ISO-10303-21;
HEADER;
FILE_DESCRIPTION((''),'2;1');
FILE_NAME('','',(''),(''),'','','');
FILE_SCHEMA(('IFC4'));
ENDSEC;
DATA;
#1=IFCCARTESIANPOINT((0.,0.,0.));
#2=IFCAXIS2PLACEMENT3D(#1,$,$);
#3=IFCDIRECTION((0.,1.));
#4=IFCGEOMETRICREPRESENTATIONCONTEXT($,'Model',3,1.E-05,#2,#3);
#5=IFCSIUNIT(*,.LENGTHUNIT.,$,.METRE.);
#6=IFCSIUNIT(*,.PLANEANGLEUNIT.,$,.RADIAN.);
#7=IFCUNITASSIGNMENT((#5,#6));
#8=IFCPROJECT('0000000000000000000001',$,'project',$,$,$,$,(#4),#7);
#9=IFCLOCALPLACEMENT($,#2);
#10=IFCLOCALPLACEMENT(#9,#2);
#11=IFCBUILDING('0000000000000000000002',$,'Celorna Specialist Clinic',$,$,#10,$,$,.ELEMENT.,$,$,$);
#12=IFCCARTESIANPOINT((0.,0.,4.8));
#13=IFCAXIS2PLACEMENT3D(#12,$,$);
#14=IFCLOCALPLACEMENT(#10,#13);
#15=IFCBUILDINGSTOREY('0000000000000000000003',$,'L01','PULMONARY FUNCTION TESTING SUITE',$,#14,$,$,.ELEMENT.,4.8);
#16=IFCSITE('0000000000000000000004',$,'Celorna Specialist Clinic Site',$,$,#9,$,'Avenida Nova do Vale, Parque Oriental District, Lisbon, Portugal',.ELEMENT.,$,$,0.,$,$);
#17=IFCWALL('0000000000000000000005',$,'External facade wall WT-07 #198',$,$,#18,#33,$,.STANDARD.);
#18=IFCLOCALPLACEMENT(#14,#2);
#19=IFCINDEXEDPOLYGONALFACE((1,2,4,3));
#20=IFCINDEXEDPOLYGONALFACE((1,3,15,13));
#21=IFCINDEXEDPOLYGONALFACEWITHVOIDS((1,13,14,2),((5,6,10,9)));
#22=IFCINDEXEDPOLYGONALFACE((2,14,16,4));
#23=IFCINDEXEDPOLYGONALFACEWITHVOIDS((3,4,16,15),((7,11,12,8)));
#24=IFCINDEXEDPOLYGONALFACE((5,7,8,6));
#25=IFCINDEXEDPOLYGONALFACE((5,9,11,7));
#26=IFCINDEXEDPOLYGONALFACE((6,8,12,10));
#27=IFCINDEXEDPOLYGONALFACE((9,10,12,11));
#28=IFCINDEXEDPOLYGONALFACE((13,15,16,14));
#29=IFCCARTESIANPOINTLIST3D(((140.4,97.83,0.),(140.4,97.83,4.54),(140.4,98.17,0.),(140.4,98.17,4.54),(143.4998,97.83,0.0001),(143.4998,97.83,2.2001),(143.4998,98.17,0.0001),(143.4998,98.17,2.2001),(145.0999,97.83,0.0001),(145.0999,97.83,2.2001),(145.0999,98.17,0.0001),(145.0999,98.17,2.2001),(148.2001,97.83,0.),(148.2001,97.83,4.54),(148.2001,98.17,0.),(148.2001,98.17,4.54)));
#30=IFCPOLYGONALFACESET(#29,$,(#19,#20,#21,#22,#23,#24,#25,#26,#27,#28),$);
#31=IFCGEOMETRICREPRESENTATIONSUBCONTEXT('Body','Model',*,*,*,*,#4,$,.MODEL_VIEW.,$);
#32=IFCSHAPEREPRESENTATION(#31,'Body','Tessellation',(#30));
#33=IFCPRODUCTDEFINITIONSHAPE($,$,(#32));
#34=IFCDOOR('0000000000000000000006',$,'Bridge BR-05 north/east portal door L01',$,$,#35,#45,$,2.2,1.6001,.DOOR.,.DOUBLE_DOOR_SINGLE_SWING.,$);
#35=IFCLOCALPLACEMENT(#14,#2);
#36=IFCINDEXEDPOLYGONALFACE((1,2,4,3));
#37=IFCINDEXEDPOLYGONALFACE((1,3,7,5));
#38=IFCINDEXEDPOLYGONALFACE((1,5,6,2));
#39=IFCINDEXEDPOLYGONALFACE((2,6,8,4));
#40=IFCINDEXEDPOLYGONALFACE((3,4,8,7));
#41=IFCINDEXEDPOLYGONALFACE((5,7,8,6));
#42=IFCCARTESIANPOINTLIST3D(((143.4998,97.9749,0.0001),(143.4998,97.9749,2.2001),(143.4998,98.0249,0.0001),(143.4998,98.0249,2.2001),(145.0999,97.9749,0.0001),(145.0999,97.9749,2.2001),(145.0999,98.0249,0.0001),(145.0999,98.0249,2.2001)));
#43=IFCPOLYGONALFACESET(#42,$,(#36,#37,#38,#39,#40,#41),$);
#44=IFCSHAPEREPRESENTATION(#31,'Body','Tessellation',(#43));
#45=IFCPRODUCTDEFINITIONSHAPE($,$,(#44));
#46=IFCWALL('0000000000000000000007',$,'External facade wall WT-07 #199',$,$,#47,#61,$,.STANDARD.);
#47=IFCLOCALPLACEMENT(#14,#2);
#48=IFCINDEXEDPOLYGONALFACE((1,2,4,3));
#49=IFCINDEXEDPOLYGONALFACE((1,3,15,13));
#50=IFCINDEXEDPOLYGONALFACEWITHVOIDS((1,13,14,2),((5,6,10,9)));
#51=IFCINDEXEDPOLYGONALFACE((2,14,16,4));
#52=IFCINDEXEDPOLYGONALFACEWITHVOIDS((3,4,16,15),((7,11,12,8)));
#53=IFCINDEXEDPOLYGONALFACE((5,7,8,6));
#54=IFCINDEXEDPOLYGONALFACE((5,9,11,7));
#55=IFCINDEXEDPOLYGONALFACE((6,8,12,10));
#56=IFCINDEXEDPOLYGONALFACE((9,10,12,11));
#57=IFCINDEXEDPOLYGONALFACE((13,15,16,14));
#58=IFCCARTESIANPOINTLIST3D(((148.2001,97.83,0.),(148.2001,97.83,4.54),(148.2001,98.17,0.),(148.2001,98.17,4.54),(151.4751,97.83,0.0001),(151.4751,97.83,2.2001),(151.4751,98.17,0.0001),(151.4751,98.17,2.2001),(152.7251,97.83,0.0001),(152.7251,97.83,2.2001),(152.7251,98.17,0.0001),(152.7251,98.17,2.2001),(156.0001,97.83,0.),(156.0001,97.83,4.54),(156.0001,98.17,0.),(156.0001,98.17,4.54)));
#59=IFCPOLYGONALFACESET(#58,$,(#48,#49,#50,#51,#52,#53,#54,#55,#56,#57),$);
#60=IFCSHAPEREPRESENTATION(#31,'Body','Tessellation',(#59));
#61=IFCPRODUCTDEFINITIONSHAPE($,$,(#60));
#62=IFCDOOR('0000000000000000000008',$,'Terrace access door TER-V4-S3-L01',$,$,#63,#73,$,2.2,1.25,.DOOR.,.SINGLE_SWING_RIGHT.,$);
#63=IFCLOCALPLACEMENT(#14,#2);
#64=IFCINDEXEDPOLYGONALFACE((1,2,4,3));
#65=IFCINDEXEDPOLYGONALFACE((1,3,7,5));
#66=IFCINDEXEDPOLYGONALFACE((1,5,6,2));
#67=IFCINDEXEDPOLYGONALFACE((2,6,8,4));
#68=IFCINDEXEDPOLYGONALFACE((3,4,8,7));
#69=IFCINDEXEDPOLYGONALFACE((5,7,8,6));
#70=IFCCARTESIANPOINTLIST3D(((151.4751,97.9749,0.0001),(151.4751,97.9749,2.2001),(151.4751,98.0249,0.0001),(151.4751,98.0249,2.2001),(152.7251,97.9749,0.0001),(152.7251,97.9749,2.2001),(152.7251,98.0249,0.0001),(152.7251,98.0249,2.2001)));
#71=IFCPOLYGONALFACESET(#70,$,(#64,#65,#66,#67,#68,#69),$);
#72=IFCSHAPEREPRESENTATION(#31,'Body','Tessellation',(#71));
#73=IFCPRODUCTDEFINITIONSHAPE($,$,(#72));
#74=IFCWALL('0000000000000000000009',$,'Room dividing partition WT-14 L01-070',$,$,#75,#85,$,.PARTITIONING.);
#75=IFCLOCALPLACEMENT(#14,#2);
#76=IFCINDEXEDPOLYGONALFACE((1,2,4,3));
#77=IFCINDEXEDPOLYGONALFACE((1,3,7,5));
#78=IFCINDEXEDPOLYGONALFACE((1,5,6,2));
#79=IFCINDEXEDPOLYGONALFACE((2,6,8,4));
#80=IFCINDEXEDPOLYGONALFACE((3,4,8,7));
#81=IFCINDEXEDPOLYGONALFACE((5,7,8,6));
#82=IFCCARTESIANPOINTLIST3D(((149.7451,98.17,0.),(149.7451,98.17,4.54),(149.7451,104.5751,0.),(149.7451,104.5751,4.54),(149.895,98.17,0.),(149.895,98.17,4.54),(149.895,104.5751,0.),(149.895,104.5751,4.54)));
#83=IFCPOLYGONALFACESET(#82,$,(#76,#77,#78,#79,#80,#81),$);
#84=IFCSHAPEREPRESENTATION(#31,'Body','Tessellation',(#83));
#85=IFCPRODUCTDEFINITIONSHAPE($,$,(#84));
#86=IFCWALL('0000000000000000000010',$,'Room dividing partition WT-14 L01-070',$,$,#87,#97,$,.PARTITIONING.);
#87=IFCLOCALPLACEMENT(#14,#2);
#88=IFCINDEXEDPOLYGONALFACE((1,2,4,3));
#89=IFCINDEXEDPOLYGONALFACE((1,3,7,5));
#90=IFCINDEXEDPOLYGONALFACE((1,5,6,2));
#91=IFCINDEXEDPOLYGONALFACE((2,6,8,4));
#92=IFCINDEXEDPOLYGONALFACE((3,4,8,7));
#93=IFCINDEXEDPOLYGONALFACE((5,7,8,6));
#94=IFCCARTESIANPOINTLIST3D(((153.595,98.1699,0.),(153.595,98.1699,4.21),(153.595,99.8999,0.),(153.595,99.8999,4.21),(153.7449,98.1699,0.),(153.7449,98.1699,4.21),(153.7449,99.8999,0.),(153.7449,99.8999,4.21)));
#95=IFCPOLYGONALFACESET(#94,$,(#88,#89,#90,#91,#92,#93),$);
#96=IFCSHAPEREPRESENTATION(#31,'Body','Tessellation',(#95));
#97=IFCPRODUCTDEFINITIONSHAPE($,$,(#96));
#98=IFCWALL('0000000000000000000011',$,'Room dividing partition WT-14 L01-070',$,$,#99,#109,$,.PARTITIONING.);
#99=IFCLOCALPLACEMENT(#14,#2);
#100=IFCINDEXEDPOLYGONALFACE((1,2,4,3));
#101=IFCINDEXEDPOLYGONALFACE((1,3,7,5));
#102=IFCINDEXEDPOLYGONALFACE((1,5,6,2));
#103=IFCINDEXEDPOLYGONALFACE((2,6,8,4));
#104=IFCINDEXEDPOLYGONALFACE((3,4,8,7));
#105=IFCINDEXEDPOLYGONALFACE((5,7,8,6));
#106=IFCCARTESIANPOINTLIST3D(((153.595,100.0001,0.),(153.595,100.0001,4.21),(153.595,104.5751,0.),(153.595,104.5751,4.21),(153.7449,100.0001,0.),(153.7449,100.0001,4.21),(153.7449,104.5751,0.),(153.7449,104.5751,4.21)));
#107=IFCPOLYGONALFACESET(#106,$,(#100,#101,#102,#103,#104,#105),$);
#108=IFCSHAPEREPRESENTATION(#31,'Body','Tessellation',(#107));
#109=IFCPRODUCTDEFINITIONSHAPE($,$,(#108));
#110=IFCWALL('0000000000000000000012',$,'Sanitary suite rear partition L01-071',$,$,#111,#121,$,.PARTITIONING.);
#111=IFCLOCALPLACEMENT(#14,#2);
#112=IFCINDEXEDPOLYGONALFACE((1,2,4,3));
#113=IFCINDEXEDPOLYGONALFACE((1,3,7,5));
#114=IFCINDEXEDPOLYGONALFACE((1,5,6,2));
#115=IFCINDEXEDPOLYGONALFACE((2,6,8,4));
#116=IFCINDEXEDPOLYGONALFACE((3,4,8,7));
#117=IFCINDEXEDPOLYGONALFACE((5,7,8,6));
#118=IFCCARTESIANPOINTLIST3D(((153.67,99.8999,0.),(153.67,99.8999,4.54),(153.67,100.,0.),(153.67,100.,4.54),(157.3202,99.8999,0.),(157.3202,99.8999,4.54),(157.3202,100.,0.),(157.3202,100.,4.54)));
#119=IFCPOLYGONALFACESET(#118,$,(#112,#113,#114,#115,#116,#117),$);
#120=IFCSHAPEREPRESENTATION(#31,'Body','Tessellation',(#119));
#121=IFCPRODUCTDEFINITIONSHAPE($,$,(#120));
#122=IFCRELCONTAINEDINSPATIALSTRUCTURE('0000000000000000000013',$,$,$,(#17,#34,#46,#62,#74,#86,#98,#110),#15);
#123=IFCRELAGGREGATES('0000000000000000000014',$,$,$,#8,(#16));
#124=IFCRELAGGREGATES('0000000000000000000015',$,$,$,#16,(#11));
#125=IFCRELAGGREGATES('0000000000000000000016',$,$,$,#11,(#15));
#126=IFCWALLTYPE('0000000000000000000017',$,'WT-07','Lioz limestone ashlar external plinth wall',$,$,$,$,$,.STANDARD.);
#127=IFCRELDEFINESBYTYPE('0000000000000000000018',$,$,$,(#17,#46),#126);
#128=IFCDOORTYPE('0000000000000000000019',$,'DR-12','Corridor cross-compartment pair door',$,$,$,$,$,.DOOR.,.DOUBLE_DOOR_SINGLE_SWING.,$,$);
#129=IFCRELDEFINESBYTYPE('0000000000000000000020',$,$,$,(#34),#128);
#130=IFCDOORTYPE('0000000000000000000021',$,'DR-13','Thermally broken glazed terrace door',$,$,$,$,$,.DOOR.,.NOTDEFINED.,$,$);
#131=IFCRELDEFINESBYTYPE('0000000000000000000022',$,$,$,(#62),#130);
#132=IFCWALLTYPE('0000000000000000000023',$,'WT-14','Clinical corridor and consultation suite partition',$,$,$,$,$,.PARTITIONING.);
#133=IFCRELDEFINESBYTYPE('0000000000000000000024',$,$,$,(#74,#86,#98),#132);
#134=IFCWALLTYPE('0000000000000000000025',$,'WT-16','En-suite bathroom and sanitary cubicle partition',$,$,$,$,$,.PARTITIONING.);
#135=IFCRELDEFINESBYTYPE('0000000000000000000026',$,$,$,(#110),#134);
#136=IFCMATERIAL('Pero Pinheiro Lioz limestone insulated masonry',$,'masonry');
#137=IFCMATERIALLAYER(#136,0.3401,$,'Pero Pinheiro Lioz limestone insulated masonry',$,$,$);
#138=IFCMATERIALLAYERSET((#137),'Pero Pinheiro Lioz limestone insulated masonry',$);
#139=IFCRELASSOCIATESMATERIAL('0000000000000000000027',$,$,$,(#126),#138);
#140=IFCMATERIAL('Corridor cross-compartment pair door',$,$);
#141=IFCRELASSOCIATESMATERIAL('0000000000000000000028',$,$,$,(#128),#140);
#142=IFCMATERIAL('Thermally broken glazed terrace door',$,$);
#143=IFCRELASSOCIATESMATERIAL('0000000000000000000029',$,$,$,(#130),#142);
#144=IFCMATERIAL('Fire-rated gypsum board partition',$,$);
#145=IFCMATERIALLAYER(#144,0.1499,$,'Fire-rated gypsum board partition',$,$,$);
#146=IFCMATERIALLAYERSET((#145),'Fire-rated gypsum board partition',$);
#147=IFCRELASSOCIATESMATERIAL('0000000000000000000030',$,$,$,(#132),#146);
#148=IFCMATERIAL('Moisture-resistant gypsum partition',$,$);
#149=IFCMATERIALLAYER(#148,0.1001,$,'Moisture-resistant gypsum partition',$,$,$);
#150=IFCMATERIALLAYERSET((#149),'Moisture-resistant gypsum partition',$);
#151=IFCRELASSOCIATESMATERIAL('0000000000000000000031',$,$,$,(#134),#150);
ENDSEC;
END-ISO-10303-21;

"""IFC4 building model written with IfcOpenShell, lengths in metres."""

from ifc_helpers import new_model, si_unit, direction, frame, frame_2d, origin, place, context, subcontext, project, spatial, rectangle, extrude, material, layer, layer_set, type_object, element, fill, save


model = new_model("IFC4")

# Units and contexts
model_context = context("Model", 3, precision=1e-05, world=origin(), true_north=direction((0.0, 1.0)))
body_context = subcontext(model_context, "Body", "Model", "MODEL_VIEW")
ifc_project = project(units=[si_unit("LENGTHUNIT", "METRE"), si_unit("PLANEANGLEUNIT", "RADIAN")], contexts=[model_context])

# Site, building, storey
site_placement = place(None, origin())
site = spatial("IfcSite", under=ifc_project, at=site_placement, Name="Celorna Specialist Clinic Site", LongName="Avenida Nova do Vale, Parque Oriental District, Lisbon, Portugal", CompositionType="ELEMENT", RefElevation=0.0)
building_placement = place(site_placement, origin())
building = spatial("IfcBuilding", under=site, at=building_placement, Name="Celorna Specialist Clinic", CompositionType="ELEMENT")
storey_placement = place(building_placement, frame((0.0, 0.0, 4.8)))
storey = spatial("IfcBuildingStorey", under=building, at=storey_placement, Name="L01", Description="PULMONARY FUNCTION TESTING SUITE", CompositionType="ELEMENT", Elevation=4.8)

# Walls, openings, doors
ifc_material_1 = material(Name="Pero Pinheiro Lioz limestone insulated masonry", Category="masonry")
ifc_layer_1 = layer(ifc_material_1, 0.3401, Name="Pero Pinheiro Lioz limestone insulated masonry")
ifc_layer_set_1 = layer_set([ifc_layer_1], Name="Pero Pinheiro Lioz limestone insulated masonry")
wall_type_1 = type_object("IfcWallType", Name="WT-07", Description="Lioz limestone ashlar external plinth wall", PredefinedType="STANDARD", material=ifc_layer_set_1)
wall_1_placement = place(storey_placement, frame((148.2, 98.0, 0.0), z_axis=(0.0, 0.0, 1.0), x_axis=(-1.0, 0.0, 0.0)))
wall_1 = element("IfcWall", 1, at=wall_1_placement, inside=storey, type_object=wall_type_1, Name="External facade wall WT-07 #198", PredefinedType="STANDARD", context=body_context, shape_type="SweptSolid", body=[
    extrude(rectangle(XDim=7.8, YDim=0.3401, at=frame_2d((3.8999, 0.0))), origin(), (0.0, 0.0, 1.0), 4.54),
])
opening_1_placement = place(wall_1_placement, frame((3.1001, 0.0, 0.0)))
opening_1 = element("IfcOpeningElement", 2, at=opening_1_placement, cuts=wall_1, PredefinedType="OPENING", context=body_context, shape_type="SweptSolid", body=[
    extrude(rectangle(XDim=1.6001, YDim=2.2, at=frame_2d((0.8, 1.1001))), frame((0.0, 0.1799, 0.0), z_axis=(0.0, -1.0, 0.0), x_axis=(1.0, 0.0, 0.0)), (0.0, 0.0, 1.0), 0.3601),
])
ifc_material_2 = material(Name="Corridor cross-compartment pair door")
door_type_1 = type_object("IfcDoorType", Name="DR-12", Description="Corridor cross-compartment pair door", OperationType="DOUBLE_DOOR_SINGLE_SWING", PredefinedType="DOOR", material=ifc_material_2)
door_1_placement = place(opening_1_placement, frame((1.6001, 0.0, 0.0), z_axis=(0.0, 0.0, 1.0), x_axis=(-1.0, 0.0, 0.0)))
door_1 = element("IfcDoor", 3, at=door_1_placement, inside=storey, type_object=door_type_1, Name="Bridge BR-05 north/east portal door L01", OperationType="DOUBLE_DOOR_SINGLE_SWING", OverallHeight=2.2, OverallWidth=1.6001, PredefinedType="DOOR", context=body_context, shape_type="SweptSolid", body=[
    extrude(rectangle(XDim=1.6001, YDim=2.2, at=frame_2d((0.8, 1.1001))), frame((0.0, 0.0249, 0.0), z_axis=(0.0, -1.0, 0.0), x_axis=(1.0, 0.0, 0.0)), (0.0, 0.0, 1.0), 0.05),
])
fill(opening_1, door_1)
wall_2_placement = place(storey_placement, frame((156.0, 98.0, 0.0), z_axis=(0.0, 0.0, 1.0), x_axis=(-1.0, 0.0, 0.0)))
wall_2 = element("IfcWall", 4, at=wall_2_placement, inside=storey, type_object=wall_type_1, Name="External facade wall WT-07 #199", PredefinedType="STANDARD", context=body_context, shape_type="SweptSolid", body=[
    extrude(rectangle(XDim=7.8, YDim=0.3401, at=frame_2d((3.8999, 0.0))), origin(), (0.0, 0.0, 1.0), 4.54),
])
opening_2_placement = place(wall_2_placement, frame((3.2749, 0.0, 0.0)))
opening_2 = element("IfcOpeningElement", 5, at=opening_2_placement, cuts=wall_2, PredefinedType="OPENING", context=body_context, shape_type="SweptSolid", body=[
    extrude(rectangle(XDim=1.25, YDim=2.2, at=frame_2d((0.625, 1.1001))), frame((0.0, 0.1799, 0.0), z_axis=(0.0, -1.0, 0.0), x_axis=(1.0, 0.0, 0.0)), (0.0, 0.0, 1.0), 0.3601),
])
ifc_material_3 = material(Name="Thermally broken glazed terrace door")
door_type_2 = type_object("IfcDoorType", Name="DR-13", Description="Thermally broken glazed terrace door", OperationType="NOTDEFINED", PredefinedType="DOOR", material=ifc_material_3)
door_2_placement = place(opening_2_placement, frame((1.25, 0.0, 0.0), z_axis=(0.0, 0.0, 1.0), x_axis=(-1.0, 0.0, 0.0)))
door_2 = element("IfcDoor", 6, at=door_2_placement, inside=storey, type_object=door_type_2, Name="Terrace access door TER-V4-S3-L01", OperationType="SINGLE_SWING_RIGHT", OverallHeight=2.2, OverallWidth=1.25, PredefinedType="DOOR", context=body_context, shape_type="SweptSolid", body=[
    extrude(rectangle(XDim=1.25, YDim=2.2, at=frame_2d((0.625, 1.1001))), frame((0.0, 0.0249, 0.0), z_axis=(0.0, -1.0, 0.0), x_axis=(1.0, 0.0, 0.0)), (0.0, 0.0, 1.0), 0.05),
])
fill(opening_2, door_2)

# Walls
ifc_material_4 = material(Name="Fire-rated gypsum board partition")
ifc_layer_2 = layer(ifc_material_4, 0.1499, Name="Fire-rated gypsum board partition")
ifc_layer_set_2 = layer_set([ifc_layer_2], Name="Fire-rated gypsum board partition")
wall_type_2 = type_object("IfcWallType", Name="WT-14", Description="Clinical corridor and consultation suite partition", PredefinedType="PARTITIONING", material=ifc_layer_set_2)
wall_3_placement = place(storey_placement, frame((149.8201, 98.1699, 0.0), z_axis=(0.0, 0.0, 1.0), x_axis=(0.0, 1.0, 0.0)))
element("IfcWall", 7, at=wall_3_placement, inside=storey, type_object=wall_type_2, Name="Room dividing partition WT-14 L01-070", PredefinedType="PARTITIONING", context=body_context, shape_type="SweptSolid", body=[
    extrude(rectangle(XDim=6.405, YDim=0.1499, at=frame_2d((3.2026, 0.0))), origin(), (0.0, 0.0, 1.0), 4.54),
])
wall_4_placement = place(storey_placement, frame((153.6699, 98.1699, 0.0), z_axis=(0.0, 0.0, 1.0), x_axis=(0.0, 1.0, 0.0)))
element("IfcWall", 8, at=wall_4_placement, inside=storey, type_object=wall_type_2, Name="Room dividing partition WT-14 L01-070", PredefinedType="PARTITIONING", context=body_context, shape_type="SweptSolid", body=[
    extrude(rectangle(XDim=1.73, YDim=0.1499, at=frame_2d((0.865, 0.0))), origin(), (0.0, 0.0, 1.0), 4.21),
])
wall_5_placement = place(storey_placement, frame((153.6699, 100.0, 0.0), z_axis=(0.0, 0.0, 1.0), x_axis=(0.0, 1.0, 0.0)))
element("IfcWall", 9, at=wall_5_placement, inside=storey, type_object=wall_type_2, Name="Room dividing partition WT-14 L01-070", PredefinedType="PARTITIONING", context=body_context, shape_type="SweptSolid", body=[
    extrude(rectangle(XDim=4.575, YDim=0.1499, at=frame_2d((2.2876, 0.0))), origin(), (0.0, 0.0, 1.0), 4.21),
])
ifc_material_5 = material(Name="Moisture-resistant gypsum partition")
ifc_layer_3 = layer(ifc_material_5, 0.1001, Name="Moisture-resistant gypsum partition")
ifc_layer_set_3 = layer_set([ifc_layer_3], Name="Moisture-resistant gypsum partition")
wall_type_3 = type_object("IfcWallType", Name="WT-16", Description="En-suite bathroom and sanitary cubicle partition", PredefinedType="PARTITIONING", material=ifc_layer_set_3)
wall_6_placement = place(storey_placement, frame((153.6699, 99.95, 0.0), z_axis=(0.0, 0.0, 1.0), x_axis=(1.0, 0.0, 0.0)))
element("IfcWall", 10, at=wall_6_placement, inside=storey, type_object=wall_type_3, Name="Sanitary suite rear partition L01-071", PredefinedType="PARTITIONING", context=body_context, shape_type="SweptSolid", body=[
    extrude(rectangle(XDim=3.6501, YDim=0.1001, at=frame_2d((1.8252, 0.0))), origin(), (0.0, 0.0, 1.0), 4.54),
])

save(model, "model.ifc")
